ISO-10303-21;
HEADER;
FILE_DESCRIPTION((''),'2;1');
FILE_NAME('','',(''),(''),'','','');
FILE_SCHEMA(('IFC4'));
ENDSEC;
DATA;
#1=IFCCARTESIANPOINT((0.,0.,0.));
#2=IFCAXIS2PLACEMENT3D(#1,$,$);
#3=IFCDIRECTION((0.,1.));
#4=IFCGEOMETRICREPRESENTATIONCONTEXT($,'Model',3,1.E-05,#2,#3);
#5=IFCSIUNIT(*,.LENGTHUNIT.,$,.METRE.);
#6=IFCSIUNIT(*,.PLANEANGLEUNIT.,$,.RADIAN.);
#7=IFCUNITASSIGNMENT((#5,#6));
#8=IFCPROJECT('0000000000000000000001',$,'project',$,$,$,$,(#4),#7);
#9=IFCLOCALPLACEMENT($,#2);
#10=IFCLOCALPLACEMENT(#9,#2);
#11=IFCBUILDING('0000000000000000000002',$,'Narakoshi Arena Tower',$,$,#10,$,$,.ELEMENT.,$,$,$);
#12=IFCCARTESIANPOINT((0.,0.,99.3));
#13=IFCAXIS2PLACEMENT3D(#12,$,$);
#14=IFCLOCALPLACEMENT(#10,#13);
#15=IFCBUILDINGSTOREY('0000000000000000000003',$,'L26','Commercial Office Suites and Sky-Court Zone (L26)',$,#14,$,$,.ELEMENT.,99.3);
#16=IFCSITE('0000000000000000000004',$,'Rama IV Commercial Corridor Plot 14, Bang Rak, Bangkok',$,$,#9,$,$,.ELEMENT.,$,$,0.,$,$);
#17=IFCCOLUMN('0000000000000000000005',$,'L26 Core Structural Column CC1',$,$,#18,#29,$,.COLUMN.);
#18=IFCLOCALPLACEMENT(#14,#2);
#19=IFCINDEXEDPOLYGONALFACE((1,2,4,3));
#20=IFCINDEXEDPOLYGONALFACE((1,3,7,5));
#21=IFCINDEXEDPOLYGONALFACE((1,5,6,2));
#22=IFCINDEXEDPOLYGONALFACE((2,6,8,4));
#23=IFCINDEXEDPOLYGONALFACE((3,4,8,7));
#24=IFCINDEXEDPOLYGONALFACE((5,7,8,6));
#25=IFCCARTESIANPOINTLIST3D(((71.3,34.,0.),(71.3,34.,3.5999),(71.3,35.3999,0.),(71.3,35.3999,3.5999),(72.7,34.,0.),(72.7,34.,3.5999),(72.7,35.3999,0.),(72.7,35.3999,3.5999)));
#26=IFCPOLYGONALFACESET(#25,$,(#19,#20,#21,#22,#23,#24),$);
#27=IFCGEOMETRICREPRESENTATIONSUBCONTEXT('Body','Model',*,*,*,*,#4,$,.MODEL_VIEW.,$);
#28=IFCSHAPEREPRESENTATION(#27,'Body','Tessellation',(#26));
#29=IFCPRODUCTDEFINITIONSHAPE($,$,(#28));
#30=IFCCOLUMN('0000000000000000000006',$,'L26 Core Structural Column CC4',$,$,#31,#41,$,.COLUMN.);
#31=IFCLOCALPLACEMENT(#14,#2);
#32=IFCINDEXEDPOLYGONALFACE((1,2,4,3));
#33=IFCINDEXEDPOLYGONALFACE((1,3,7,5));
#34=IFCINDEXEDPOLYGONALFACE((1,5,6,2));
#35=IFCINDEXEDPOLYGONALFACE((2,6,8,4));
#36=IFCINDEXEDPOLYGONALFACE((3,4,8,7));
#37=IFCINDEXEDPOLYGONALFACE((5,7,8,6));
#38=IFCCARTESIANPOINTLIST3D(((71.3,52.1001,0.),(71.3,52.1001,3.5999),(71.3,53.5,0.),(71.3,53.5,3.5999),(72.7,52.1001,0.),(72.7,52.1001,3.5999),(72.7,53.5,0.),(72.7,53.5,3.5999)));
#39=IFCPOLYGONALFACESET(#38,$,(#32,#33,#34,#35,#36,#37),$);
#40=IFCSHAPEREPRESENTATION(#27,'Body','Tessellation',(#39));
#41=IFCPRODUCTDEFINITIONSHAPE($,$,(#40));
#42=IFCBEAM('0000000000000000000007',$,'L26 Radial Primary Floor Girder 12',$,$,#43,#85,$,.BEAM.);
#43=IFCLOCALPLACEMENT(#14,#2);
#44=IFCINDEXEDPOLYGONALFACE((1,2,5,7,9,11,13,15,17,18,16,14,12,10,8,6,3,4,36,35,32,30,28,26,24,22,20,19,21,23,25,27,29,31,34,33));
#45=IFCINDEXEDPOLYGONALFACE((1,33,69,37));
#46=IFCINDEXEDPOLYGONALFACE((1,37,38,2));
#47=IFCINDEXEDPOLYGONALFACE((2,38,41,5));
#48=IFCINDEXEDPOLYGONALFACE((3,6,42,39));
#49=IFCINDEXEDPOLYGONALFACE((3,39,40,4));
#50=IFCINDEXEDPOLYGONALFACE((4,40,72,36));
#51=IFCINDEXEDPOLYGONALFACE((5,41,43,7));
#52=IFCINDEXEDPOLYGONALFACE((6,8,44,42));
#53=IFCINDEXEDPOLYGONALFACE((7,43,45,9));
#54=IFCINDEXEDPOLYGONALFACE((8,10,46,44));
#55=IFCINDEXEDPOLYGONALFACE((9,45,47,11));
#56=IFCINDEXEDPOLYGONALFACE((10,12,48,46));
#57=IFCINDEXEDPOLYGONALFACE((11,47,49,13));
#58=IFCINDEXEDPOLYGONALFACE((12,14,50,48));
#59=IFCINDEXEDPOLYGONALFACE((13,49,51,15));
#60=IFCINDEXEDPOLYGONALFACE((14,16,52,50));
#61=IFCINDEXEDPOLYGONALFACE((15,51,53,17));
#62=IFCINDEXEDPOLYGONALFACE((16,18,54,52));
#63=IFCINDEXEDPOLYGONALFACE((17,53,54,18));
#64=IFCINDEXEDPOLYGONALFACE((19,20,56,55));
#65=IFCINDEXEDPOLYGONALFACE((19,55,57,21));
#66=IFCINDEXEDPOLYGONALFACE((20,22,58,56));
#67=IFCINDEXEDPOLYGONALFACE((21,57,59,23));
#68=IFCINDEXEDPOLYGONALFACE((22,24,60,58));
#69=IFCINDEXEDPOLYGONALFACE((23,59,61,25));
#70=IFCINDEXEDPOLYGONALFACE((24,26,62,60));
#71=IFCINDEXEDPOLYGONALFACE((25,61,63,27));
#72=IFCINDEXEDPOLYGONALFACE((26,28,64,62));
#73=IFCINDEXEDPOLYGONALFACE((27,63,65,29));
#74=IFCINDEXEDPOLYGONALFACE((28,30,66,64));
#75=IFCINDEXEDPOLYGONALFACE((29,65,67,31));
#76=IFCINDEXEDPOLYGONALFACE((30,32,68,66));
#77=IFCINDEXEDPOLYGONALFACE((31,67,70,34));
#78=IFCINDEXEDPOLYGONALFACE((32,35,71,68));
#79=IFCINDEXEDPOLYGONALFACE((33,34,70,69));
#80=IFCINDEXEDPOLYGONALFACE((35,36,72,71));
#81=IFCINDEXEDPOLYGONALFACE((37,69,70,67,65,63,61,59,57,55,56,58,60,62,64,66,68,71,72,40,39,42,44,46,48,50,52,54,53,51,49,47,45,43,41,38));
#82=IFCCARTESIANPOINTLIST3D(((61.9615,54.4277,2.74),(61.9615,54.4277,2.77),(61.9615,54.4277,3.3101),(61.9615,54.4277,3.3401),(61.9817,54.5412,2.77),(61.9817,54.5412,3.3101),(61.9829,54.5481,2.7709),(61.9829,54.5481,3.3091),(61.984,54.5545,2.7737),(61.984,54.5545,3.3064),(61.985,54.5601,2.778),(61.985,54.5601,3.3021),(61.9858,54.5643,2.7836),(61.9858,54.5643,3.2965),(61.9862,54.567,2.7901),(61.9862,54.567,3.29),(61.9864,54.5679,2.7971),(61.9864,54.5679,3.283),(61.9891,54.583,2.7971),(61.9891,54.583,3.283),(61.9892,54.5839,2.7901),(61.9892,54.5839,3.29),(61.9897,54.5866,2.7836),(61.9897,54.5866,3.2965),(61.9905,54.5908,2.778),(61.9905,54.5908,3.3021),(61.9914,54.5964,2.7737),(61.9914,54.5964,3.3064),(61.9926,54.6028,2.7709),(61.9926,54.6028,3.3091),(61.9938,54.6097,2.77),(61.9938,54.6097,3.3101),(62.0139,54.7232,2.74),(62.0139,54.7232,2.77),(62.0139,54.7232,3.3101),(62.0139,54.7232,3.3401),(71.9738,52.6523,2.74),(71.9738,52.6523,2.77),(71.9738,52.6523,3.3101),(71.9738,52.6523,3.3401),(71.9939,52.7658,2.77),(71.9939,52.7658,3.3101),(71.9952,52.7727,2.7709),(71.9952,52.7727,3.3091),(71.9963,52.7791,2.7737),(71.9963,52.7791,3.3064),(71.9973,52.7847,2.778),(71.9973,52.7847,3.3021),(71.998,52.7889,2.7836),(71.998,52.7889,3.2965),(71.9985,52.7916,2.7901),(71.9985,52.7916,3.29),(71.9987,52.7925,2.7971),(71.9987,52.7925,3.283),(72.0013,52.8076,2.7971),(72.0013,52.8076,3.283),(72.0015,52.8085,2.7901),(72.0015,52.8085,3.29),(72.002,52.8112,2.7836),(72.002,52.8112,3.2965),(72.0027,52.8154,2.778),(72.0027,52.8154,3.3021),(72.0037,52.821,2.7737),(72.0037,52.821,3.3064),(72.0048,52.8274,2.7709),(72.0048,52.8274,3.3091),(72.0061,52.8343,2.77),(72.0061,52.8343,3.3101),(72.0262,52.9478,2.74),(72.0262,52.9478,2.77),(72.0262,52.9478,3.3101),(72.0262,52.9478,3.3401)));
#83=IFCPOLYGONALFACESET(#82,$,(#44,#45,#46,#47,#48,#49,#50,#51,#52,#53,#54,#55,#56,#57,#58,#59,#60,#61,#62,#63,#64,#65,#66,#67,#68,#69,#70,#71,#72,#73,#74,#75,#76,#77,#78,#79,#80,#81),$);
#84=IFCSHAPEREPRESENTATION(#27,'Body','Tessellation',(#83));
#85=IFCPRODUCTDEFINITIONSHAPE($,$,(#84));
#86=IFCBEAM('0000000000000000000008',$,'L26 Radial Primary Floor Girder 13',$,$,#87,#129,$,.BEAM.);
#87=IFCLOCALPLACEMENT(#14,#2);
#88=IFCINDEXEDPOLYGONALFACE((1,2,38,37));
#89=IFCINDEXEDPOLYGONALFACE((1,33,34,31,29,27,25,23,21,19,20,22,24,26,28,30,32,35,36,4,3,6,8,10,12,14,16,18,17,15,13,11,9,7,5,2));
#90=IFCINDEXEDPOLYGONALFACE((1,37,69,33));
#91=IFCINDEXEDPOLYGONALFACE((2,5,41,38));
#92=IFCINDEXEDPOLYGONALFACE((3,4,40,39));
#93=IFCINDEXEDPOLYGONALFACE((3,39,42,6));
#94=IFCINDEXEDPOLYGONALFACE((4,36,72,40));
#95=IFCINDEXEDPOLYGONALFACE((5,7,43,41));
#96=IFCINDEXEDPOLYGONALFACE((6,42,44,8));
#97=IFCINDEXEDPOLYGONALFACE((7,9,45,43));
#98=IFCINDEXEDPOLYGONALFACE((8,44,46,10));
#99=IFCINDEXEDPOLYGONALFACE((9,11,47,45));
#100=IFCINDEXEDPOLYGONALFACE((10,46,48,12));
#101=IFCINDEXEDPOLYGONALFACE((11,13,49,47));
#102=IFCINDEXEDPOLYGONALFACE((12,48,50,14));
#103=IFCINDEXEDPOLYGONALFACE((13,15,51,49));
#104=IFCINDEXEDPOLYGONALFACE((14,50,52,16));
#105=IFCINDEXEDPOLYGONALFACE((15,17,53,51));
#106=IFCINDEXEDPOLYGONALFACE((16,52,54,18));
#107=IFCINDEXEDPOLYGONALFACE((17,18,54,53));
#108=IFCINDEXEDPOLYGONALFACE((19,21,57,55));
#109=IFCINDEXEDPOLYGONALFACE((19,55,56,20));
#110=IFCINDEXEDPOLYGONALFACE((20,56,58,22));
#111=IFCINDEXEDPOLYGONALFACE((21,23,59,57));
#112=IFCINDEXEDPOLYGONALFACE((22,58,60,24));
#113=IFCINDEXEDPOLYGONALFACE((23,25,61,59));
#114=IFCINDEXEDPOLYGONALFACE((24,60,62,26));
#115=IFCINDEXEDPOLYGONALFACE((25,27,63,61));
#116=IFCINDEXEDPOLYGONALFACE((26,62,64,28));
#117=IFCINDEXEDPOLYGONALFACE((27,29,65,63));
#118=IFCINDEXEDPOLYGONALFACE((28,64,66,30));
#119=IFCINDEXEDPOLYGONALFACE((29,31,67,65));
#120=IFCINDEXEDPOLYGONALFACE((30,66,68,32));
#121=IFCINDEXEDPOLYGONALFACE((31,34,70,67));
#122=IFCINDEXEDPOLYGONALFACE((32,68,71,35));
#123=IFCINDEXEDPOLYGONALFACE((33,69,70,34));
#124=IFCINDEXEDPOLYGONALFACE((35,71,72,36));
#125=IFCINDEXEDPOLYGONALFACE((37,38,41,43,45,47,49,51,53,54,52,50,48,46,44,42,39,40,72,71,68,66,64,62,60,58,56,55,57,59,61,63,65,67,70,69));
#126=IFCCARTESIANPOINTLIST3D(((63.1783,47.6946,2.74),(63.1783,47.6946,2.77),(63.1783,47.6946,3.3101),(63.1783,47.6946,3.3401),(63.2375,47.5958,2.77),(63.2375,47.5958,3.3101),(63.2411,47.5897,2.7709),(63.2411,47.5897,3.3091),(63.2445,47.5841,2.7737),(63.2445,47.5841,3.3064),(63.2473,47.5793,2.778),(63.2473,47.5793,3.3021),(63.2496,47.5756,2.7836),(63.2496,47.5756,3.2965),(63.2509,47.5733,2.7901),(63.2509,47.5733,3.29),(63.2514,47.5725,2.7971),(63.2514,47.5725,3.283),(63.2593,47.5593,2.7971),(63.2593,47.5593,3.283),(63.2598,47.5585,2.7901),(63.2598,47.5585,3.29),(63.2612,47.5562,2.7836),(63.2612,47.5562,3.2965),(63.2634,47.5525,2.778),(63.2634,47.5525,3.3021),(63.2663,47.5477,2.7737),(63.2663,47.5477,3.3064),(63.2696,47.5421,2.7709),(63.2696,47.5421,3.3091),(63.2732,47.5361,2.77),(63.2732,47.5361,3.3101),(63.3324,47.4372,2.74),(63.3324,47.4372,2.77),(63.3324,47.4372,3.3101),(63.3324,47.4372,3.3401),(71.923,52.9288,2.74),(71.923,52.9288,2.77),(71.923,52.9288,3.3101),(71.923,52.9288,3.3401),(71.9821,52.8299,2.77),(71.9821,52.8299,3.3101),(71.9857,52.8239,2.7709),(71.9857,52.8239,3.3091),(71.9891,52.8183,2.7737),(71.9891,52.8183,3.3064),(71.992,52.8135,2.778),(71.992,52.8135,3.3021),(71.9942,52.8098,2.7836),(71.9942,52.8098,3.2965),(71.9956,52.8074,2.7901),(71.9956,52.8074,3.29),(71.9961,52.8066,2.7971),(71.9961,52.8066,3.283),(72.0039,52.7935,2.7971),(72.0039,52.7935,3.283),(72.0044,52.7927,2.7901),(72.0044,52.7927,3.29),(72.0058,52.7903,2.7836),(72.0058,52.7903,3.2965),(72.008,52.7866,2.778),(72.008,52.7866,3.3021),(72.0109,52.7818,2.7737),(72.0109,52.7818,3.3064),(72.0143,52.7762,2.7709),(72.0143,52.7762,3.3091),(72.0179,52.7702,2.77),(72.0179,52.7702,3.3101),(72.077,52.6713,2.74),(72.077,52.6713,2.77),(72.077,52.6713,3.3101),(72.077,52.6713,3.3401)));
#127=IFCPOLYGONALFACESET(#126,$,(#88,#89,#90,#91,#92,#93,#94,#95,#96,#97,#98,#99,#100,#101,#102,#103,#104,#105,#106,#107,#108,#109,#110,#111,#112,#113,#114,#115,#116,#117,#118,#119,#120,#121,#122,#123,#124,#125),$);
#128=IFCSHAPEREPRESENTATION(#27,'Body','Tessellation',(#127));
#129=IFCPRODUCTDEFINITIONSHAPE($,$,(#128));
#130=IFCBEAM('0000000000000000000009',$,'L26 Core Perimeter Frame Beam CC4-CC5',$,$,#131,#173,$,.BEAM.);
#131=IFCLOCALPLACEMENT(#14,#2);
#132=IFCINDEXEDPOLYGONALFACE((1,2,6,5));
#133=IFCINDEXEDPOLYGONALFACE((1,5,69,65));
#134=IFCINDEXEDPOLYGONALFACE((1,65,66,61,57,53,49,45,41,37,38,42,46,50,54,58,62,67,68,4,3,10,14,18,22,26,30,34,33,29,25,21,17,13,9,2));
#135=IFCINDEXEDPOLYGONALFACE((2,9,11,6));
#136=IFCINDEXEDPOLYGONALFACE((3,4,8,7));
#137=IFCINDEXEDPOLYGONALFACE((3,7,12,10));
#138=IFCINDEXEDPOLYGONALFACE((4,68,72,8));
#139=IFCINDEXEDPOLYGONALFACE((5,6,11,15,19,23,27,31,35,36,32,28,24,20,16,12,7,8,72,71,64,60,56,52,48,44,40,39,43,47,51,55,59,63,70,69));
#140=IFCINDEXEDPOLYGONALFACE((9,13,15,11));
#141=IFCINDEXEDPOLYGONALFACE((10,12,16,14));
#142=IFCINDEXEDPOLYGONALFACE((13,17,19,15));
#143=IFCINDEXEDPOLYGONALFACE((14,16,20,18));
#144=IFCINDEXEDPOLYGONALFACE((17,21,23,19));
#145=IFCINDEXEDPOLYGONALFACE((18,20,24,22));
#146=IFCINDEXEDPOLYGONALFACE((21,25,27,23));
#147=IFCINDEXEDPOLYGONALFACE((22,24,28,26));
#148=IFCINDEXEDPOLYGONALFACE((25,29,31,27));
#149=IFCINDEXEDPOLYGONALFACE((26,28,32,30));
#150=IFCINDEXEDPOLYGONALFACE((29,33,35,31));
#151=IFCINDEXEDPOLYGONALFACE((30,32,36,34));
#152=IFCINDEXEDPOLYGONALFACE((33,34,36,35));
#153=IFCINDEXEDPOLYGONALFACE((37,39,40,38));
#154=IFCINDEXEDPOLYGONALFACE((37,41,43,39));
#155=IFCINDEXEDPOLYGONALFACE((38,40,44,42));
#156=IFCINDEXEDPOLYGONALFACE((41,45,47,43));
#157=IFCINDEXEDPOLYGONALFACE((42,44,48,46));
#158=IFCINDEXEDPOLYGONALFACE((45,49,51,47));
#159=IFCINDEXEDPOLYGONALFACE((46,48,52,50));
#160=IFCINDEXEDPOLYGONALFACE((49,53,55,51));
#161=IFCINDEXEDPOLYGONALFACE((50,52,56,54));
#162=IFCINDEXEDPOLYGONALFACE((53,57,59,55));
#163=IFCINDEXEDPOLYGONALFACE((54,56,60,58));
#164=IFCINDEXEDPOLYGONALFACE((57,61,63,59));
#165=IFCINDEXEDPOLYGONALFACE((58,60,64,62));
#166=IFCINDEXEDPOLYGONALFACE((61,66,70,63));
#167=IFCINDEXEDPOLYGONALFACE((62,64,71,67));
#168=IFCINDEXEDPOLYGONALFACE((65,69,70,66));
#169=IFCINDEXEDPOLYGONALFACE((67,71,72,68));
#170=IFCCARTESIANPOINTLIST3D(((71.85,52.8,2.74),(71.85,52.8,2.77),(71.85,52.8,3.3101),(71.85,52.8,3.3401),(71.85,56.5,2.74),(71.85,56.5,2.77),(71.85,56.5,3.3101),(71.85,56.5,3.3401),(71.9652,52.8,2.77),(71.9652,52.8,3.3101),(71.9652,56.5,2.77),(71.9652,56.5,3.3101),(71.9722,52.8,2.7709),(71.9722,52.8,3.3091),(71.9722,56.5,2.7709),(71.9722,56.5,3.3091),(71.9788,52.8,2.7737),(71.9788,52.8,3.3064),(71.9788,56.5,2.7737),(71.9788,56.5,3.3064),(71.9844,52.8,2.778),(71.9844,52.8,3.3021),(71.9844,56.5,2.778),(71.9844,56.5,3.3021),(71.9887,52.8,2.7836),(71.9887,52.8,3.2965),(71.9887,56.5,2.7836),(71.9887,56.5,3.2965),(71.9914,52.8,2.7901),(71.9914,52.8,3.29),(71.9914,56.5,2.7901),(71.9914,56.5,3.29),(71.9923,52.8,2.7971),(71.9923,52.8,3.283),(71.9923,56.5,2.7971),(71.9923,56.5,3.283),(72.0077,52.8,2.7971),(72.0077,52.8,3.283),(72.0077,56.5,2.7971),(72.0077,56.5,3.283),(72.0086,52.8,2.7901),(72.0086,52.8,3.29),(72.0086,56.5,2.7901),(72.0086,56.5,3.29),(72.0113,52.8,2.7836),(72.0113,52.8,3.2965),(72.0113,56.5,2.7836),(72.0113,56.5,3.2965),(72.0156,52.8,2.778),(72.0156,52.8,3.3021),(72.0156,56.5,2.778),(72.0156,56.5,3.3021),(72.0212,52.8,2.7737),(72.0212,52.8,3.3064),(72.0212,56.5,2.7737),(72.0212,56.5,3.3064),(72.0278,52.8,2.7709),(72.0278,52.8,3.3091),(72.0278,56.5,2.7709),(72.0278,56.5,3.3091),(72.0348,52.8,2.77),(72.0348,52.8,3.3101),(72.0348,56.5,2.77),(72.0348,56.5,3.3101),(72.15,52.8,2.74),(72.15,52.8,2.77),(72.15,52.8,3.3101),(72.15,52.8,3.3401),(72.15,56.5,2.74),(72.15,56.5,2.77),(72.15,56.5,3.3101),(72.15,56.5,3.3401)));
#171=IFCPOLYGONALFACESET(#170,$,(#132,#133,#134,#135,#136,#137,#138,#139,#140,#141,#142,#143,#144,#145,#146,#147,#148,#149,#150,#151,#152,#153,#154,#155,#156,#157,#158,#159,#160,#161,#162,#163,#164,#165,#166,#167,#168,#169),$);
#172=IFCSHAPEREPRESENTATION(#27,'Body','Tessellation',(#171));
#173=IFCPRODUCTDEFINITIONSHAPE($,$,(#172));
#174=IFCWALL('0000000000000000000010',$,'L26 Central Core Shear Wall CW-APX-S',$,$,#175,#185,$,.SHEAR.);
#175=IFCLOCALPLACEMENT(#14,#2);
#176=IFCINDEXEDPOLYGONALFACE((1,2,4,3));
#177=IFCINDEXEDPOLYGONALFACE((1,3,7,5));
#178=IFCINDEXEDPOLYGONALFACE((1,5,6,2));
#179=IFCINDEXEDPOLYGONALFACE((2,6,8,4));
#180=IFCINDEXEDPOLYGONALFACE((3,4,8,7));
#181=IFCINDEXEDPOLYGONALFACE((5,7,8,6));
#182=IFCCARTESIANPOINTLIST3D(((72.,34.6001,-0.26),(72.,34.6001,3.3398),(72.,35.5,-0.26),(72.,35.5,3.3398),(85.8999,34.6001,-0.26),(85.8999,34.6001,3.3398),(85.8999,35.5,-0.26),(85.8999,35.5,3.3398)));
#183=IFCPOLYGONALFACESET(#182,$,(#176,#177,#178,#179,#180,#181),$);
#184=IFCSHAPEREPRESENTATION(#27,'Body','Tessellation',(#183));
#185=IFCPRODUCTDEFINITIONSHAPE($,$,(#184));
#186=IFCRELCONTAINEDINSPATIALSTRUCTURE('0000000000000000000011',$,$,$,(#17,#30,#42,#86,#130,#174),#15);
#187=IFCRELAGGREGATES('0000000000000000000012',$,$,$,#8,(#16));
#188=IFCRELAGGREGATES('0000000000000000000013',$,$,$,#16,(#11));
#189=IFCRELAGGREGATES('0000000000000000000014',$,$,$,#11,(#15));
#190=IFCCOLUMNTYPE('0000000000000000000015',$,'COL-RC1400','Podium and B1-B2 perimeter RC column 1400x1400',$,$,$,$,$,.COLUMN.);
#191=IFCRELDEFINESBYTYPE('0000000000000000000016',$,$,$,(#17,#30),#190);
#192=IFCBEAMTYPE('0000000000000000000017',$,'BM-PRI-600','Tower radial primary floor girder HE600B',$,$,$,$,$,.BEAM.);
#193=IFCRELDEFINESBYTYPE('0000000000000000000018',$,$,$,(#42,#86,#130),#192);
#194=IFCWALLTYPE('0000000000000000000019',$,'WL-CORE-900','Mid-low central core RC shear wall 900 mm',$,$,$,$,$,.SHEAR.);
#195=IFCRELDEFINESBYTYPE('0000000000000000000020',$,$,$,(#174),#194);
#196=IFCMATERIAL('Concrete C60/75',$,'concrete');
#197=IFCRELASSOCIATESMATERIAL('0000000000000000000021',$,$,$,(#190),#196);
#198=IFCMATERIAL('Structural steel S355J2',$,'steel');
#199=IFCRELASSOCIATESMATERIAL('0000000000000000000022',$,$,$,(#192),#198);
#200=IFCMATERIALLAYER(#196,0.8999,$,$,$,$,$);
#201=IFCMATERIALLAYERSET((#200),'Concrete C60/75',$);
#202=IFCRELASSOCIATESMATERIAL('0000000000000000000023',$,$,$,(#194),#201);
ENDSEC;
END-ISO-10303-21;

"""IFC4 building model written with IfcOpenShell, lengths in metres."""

from ifc_helpers import new_model, si_unit, direction, frame, frame_2d, origin, origin_2d, place, context, subcontext, project, spatial, rectangle, i_section, extrude, material, layer, layer_set, material_profile, profile_set, type_object, element, save


model = new_model("IFC4")

# Units and contexts
model_context = context("Model", 3, precision=1e-05, world=origin(), true_north=direction((0.0, 1.0)))
body_context = subcontext(model_context, "Body", "Model", "MODEL_VIEW")
ifc_project = project(units=[si_unit("LENGTHUNIT", "METRE"), si_unit("PLANEANGLEUNIT", "RADIAN")], contexts=[model_context])

# Site, building, storey
site_placement = place(None, origin())
site = spatial("IfcSite", under=ifc_project, at=site_placement, Name="Rama IV Commercial Corridor Plot 14, Bang Rak, Bangkok", CompositionType="ELEMENT", RefElevation=0.0)
building_placement = place(site_placement, origin())
building = spatial("IfcBuilding", under=site, at=building_placement, Name="Narakoshi Arena Tower", CompositionType="ELEMENT")
storey_placement = place(building_placement, frame((0.0, 0.0, 99.3)))
storey = spatial("IfcBuildingStorey", under=building, at=storey_placement, Name="L26", Description="Commercial Office Suites and Sky-Court Zone (L26)", CompositionType="ELEMENT", Elevation=99.3)

# Columns
ifc_material_1 = material(Name="Concrete C60/75", Category="concrete")
ifc_material_profile_1 = material_profile(ifc_material_1, rectangle(XDim=1.3999, YDim=1.3999, at=origin_2d()), Name="RC1400x1400")
ifc_profile_set_1 = profile_set([ifc_material_profile_1], Name="Concrete C60/75")
column_type = type_object("IfcColumnType", Name="COL-RC1400", Description="Podium and B1-B2 perimeter RC column 1400x1400", PredefinedType="COLUMN", material=ifc_profile_set_1)
for number, where, z_axis, x_axis, name in (
    (1, (72.0, 34.7, 0.0), (0.0, 0.0, 1.0), (1.0, 0.0, 0.0), "L26 Core Structural Column CC1"),
    (2, (72.0, 52.8, 0.0), (0.0, 0.0, 1.0), (1.0, 0.0, 0.0), "L26 Core Structural Column CC4"),
):
    element("IfcColumn", number, at=place(storey_placement, frame(where, z_axis=z_axis, x_axis=x_axis)), inside=storey, type_object=column_type, Name=name, PredefinedType="COLUMN", context=body_context, shape_type="SweptSolid", body=[
        extrude(rectangle(XDim=1.3999, YDim=1.3999, at=origin_2d()), origin(), (0.0, 0.0, 1.0), 3.5999),
    ])

# Beams
ifc_material_2 = material(Name="Structural steel S355J2", Category="steel")
ifc_material_profile_2 = material_profile(ifc_material_2, i_section(OverallWidth=0.3, OverallDepth=0.6001, WebThickness=0.0154, FlangeThickness=0.03, FilletRadius=0.0271, at=origin_2d()), Name="HE600B")
ifc_profile_set_2 = profile_set([ifc_material_profile_2], Name="Structural steel S355J2")
beam_type = type_object("IfcBeamType", Name="BM-PRI-600", Description="Tower radial primary floor girder HE600B", PredefinedType="BEAM", material=ifc_profile_set_2)
beam_1_placement = place(storey_placement, frame((72.0, 52.8, 3.04), z_axis=(-0.98464, 0.174599, 0.0), x_axis=(-0.174599, -0.98464, 0.0)))
element("IfcBeam", 3, at=beam_1_placement, inside=storey, type_object=beam_type, Name="L26 Radial Primary Floor Girder 12", PredefinedType="BEAM", context=body_context, shape_type="SweptSolid", body=[
    extrude(i_section(OverallWidth=0.3, OverallDepth=0.6001, WebThickness=0.0154, FlangeThickness=0.03, FilletRadius=0.0271, at=origin_2d()), origin(), (0.0, 0.0, 1.0), 10.1685),
])
beam_2_placement = place(storey_placement, frame((72.0, 52.8, 3.04), z_axis=(-0.85804, -0.513583, 0.0), x_axis=(0.513583, -0.85804, 0.0)))
element("IfcBeam", 4, at=beam_2_placement, inside=storey, type_object=beam_type, Name="L26 Radial Primary Floor Girder 13", PredefinedType="BEAM", context=body_context, shape_type="SweptSolid", body=[
    extrude(i_section(OverallWidth=0.3, OverallDepth=0.6001, WebThickness=0.0154, FlangeThickness=0.03, FilletRadius=0.0271, at=origin_2d()), origin(), (0.0, 0.0, 1.0), 10.1914),
])
beam_3_placement = place(storey_placement, frame((72.0, 52.8, 3.04), z_axis=(0.0, 1.0, 0.0), x_axis=(-1.0, 0.0, 0.0)))
element("IfcBeam", 5, at=beam_3_placement, inside=storey, type_object=beam_type, Name="L26 Core Perimeter Frame Beam CC4-CC5", PredefinedType="BEAM", context=body_context, shape_type="SweptSolid", body=[
    extrude(i_section(OverallWidth=0.3, OverallDepth=0.6001, WebThickness=0.0154, FlangeThickness=0.03, FilletRadius=0.0271, at=origin_2d()), origin(), (0.0, 0.0, 1.0), 3.7),
])

# Wall
ifc_layer_1 = layer(ifc_material_1, 0.8999)
ifc_layer_set_1 = layer_set([ifc_layer_1], Name="Concrete C60/75")
wall_type_1 = type_object("IfcWallType", Name="WL-CORE-900", Description="Mid-low central core RC shear wall 900 mm", PredefinedType="SHEAR", material=ifc_layer_set_1)
wall_1_placement = place(storey_placement, frame((72.0, 35.05, -0.26), z_axis=(0.0, 0.0, 1.0), x_axis=(1.0, 0.0, 0.0)))
element("IfcWall", 6, at=wall_1_placement, inside=storey, type_object=wall_type_1, Name="L26 Central Core Shear Wall CW-APX-S", PredefinedType="SHEAR", context=body_context, shape_type="SweptSolid", body=[
    extrude(rectangle(XDim=13.8999, YDim=0.8999, at=frame_2d((6.95, 0.0))), origin(), (0.0, 0.0, 1.0), 3.5999),
])

save(model, "model.ifc")
